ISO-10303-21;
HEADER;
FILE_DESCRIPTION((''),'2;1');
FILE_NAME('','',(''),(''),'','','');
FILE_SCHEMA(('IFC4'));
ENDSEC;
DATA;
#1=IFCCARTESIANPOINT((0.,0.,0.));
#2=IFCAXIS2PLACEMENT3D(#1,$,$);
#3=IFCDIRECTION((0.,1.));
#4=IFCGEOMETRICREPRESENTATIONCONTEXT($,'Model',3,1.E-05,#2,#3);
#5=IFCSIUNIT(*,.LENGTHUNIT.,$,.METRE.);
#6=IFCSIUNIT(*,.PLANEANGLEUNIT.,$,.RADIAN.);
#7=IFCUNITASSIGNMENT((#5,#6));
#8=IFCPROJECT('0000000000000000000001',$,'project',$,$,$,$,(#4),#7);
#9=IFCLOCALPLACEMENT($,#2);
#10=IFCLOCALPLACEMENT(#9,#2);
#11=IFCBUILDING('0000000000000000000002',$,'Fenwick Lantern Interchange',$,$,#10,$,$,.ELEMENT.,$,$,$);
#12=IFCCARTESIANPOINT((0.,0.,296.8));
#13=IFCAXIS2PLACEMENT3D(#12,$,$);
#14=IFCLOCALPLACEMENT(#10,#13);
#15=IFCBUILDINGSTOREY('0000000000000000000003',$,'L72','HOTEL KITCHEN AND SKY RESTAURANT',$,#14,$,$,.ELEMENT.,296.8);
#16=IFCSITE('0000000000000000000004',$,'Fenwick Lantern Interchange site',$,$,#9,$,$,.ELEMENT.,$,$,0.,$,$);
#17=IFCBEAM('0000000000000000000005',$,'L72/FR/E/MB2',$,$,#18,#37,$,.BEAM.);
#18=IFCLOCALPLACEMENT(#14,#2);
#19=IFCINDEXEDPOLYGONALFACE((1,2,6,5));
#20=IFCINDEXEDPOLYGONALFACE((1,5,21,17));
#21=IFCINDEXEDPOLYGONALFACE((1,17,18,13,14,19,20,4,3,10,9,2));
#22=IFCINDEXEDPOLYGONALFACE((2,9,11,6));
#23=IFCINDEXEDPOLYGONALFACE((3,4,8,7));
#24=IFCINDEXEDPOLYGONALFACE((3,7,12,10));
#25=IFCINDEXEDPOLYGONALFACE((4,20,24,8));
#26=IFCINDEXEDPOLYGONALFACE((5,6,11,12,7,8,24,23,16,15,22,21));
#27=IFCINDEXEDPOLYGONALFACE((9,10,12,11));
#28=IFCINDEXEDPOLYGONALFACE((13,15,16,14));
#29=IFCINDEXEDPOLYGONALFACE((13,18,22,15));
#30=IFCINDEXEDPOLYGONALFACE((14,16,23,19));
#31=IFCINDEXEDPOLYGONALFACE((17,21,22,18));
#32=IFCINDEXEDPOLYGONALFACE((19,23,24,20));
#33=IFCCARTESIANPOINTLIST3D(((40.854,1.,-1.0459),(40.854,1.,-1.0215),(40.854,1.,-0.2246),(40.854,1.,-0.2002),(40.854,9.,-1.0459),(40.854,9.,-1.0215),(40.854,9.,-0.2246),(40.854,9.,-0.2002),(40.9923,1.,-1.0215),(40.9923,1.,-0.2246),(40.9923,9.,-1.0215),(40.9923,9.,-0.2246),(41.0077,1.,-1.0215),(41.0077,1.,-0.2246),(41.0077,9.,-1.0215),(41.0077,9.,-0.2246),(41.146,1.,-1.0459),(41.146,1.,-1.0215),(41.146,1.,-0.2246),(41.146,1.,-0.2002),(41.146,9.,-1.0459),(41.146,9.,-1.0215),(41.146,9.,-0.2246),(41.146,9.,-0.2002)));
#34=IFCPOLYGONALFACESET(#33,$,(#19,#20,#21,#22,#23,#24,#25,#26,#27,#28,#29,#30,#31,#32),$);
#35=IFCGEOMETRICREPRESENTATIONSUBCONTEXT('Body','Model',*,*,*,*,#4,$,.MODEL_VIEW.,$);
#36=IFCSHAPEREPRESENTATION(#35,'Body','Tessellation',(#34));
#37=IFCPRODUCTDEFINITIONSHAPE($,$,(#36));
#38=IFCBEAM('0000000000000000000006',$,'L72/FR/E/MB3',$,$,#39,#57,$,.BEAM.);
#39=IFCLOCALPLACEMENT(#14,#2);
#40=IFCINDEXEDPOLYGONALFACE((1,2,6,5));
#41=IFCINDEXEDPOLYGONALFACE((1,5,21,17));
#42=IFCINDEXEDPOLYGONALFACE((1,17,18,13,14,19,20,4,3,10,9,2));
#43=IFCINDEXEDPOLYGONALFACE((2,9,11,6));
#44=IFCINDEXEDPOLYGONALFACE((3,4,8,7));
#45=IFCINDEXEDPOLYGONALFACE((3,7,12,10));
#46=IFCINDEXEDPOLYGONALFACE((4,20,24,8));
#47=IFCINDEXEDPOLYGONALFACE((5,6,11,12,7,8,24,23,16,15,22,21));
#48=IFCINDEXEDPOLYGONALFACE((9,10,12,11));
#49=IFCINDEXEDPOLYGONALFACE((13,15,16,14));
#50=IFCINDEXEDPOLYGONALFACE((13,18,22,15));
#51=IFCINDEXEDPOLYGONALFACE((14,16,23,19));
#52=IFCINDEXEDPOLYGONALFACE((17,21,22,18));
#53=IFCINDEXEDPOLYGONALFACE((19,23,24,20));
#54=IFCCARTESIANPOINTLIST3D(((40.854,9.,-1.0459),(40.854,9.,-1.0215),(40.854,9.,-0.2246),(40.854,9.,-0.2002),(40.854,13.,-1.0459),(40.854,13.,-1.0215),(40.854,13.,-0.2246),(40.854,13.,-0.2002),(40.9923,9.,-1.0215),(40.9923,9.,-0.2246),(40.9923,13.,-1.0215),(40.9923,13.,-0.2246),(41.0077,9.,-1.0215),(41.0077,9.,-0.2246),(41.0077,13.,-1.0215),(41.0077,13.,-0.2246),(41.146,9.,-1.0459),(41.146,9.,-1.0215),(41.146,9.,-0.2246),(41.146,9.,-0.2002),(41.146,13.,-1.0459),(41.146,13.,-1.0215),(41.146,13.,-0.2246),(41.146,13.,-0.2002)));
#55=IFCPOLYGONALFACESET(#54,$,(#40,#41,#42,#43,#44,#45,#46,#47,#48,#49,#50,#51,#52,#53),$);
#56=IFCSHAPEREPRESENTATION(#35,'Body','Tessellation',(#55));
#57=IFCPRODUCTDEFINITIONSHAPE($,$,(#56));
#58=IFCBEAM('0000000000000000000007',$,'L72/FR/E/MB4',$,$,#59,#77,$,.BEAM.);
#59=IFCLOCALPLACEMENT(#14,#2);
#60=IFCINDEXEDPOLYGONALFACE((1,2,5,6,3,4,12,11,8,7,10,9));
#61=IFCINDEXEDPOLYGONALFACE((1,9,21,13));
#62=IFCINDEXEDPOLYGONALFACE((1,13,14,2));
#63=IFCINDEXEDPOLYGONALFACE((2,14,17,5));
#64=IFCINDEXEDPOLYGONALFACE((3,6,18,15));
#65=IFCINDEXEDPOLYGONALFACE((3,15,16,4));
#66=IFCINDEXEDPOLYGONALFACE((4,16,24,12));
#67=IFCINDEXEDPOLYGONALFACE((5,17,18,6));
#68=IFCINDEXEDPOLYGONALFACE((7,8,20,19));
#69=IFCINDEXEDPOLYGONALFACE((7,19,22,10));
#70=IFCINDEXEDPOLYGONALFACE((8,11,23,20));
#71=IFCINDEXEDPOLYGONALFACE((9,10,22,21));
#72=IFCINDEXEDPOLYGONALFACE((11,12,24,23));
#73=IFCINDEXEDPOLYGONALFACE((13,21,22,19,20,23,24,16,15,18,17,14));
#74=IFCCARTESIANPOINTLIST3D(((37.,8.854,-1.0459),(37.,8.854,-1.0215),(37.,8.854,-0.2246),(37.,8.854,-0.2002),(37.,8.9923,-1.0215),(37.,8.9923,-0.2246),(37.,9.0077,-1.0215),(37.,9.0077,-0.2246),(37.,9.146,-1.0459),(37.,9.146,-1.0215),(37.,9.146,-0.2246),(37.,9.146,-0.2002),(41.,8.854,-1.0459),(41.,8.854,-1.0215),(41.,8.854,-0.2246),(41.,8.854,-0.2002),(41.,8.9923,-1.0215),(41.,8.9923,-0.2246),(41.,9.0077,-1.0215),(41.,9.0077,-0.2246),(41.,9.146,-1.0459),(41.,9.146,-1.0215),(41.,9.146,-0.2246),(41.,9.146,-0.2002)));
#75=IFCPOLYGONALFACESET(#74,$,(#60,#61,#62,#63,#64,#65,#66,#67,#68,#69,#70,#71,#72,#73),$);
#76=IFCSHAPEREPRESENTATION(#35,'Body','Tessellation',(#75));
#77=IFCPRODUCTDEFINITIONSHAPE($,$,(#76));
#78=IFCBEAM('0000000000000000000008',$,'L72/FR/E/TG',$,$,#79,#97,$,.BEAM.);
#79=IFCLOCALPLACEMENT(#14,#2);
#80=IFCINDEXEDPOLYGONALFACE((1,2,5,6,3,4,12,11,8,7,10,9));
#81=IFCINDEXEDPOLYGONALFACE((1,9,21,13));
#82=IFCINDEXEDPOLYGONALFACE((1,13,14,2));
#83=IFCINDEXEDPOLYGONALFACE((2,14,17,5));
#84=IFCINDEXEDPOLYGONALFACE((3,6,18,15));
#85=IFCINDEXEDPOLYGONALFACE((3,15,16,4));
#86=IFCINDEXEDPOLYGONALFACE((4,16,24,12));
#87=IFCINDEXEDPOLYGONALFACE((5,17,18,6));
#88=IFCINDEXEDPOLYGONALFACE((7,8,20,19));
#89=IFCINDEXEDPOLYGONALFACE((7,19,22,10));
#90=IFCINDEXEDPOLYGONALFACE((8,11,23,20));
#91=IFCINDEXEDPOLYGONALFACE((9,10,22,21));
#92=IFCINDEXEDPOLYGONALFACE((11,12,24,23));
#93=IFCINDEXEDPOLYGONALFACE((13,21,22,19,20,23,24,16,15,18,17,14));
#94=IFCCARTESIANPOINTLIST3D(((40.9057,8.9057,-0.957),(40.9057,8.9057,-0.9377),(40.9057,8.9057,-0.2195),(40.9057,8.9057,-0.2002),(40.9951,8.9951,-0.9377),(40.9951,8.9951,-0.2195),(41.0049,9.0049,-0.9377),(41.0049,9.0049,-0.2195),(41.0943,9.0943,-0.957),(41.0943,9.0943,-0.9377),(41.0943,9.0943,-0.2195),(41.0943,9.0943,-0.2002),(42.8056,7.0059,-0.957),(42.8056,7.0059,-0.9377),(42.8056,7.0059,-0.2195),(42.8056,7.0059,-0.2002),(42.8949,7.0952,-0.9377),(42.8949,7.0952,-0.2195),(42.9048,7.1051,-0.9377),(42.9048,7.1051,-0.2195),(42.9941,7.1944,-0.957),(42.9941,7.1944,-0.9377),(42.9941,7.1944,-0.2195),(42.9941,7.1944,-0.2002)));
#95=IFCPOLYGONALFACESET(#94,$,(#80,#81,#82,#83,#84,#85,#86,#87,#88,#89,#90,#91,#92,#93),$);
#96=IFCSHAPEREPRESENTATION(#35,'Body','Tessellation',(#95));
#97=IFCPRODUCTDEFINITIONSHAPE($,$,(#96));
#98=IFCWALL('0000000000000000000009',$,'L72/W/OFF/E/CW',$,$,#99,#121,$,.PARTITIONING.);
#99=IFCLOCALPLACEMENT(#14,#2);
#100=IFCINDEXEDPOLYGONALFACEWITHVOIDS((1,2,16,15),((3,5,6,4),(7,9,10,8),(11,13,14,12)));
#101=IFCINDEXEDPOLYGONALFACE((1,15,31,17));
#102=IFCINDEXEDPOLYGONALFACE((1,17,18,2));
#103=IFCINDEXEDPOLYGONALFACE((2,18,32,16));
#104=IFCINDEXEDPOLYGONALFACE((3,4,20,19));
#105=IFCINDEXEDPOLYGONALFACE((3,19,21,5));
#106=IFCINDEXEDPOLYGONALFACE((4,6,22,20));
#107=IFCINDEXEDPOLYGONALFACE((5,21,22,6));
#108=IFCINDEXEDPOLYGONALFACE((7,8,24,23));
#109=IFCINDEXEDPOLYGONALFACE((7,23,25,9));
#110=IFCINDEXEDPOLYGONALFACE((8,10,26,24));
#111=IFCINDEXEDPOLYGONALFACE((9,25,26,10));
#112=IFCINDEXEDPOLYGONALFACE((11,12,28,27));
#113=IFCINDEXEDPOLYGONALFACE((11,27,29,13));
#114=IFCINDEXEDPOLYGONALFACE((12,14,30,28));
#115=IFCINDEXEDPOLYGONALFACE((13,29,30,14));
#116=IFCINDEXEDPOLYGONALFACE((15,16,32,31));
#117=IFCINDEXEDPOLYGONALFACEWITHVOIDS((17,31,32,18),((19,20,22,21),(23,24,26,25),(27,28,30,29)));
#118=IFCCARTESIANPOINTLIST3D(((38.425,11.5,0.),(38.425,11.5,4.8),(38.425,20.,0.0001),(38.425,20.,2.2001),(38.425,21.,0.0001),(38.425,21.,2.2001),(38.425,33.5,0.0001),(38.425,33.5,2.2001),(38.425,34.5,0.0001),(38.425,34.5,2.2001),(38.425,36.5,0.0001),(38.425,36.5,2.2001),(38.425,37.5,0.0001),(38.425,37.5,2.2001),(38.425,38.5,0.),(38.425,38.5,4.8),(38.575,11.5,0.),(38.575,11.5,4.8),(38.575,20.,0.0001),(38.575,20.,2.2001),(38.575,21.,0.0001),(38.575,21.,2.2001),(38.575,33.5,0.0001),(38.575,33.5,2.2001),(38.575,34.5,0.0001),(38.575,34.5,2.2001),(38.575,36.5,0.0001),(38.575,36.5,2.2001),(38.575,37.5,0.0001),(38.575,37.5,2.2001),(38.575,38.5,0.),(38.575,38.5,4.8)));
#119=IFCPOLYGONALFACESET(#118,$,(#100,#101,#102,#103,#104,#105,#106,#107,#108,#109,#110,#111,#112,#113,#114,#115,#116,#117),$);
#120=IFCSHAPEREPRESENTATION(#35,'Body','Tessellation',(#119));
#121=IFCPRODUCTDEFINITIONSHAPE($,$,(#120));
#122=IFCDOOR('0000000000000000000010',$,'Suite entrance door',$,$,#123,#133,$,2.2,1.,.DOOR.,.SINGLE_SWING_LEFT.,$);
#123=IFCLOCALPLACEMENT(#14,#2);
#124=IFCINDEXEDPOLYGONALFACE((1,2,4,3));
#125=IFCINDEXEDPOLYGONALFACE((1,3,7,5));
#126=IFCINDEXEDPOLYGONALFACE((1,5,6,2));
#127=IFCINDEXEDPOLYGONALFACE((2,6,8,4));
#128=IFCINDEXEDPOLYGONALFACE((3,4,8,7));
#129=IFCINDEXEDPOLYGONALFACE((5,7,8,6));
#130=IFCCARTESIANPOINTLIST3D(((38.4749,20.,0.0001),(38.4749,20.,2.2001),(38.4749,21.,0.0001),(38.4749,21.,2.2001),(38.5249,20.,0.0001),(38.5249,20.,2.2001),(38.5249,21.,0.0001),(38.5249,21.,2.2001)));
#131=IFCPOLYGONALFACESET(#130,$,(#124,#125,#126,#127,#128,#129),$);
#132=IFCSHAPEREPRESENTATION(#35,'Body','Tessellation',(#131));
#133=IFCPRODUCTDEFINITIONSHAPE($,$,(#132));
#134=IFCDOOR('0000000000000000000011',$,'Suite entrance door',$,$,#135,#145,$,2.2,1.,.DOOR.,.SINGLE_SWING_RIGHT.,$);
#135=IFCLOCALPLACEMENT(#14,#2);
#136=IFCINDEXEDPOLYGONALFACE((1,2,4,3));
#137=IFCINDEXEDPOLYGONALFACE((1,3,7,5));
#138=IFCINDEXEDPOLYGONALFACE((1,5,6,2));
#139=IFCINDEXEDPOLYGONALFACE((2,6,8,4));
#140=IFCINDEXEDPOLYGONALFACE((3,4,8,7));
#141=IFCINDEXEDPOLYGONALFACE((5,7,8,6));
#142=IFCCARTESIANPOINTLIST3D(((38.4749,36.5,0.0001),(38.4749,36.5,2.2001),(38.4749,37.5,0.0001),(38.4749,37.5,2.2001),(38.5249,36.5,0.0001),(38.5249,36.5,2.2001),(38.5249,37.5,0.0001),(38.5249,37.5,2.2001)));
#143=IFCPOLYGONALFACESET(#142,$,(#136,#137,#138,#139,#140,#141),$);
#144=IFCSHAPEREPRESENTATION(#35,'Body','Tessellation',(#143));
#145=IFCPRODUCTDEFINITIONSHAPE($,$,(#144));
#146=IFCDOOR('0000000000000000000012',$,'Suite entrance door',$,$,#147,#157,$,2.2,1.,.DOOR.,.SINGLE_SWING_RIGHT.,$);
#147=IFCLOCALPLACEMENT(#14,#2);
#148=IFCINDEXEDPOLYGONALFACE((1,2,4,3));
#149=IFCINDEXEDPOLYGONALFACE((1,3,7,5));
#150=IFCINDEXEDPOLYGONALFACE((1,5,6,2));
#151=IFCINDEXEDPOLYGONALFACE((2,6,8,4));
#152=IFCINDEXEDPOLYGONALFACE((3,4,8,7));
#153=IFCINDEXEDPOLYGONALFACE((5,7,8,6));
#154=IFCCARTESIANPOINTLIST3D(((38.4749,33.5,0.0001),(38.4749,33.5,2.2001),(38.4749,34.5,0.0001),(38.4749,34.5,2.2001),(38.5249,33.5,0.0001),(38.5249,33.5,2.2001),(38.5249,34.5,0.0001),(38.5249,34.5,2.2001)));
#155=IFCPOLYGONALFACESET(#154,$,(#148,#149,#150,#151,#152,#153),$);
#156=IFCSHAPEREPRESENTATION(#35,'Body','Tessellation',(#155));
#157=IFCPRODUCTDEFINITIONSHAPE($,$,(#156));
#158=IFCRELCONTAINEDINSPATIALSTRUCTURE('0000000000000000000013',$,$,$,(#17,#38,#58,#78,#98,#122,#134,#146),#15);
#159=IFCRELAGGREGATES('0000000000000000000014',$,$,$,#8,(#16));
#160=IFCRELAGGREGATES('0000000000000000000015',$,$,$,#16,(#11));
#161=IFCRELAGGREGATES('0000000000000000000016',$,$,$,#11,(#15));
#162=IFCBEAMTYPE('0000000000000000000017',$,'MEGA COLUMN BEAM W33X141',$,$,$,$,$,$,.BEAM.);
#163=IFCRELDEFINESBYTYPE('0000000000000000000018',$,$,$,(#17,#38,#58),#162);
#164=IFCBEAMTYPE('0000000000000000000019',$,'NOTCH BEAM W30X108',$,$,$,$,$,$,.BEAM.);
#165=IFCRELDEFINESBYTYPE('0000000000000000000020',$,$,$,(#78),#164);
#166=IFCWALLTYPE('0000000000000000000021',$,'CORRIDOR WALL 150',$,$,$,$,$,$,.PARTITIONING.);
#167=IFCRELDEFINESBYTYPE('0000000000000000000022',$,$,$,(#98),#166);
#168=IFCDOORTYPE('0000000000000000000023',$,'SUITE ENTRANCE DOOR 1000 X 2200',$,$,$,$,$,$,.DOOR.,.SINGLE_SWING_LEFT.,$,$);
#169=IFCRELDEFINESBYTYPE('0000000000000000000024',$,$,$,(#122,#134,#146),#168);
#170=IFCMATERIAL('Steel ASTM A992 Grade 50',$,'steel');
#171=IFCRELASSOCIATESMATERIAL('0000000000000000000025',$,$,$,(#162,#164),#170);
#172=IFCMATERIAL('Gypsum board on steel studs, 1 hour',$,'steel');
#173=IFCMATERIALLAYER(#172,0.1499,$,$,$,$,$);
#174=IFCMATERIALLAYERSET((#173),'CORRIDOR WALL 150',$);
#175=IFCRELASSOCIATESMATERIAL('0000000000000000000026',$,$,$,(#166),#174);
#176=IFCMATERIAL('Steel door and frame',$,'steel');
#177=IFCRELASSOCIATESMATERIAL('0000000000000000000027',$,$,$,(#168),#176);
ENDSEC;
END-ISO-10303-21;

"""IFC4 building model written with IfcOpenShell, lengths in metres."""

from ifc_helpers import new_model, si_unit, direction, frame, frame_2d, origin, origin_2d, place, context, subcontext, project, spatial, rectangle, i_section, extrude, material, layer, layer_set, material_profile, profile_set, type_object, element, fill, save


model = new_model("IFC4")

# Units and contexts
model_context = context("Model", 3, precision=1e-05, world=origin(), true_north=direction((0.0, 1.0)))
body_context = subcontext(model_context, "Body", "Model", "MODEL_VIEW")
ifc_project = project(units=[si_unit("LENGTHUNIT", "METRE"), si_unit("PLANEANGLEUNIT", "RADIAN")], contexts=[model_context])

# Site, building, storey
site_placement = place(None, origin())
site = spatial("IfcSite", under=ifc_project, at=site_placement, Name="Fenwick Lantern Interchange site", CompositionType="ELEMENT", RefElevation=0.0)
building_placement = place(site_placement, origin())
building = spatial("IfcBuilding", under=site, at=building_placement, Name="Fenwick Lantern Interchange", CompositionType="ELEMENT")
storey_placement = place(building_placement, frame((0.0, 0.0, 296.8)))
storey = spatial("IfcBuildingStorey", under=building, at=storey_placement, Name="L72", Description="HOTEL KITCHEN AND SKY RESTAURANT", CompositionType="ELEMENT", Elevation=296.8)

# Shared definitions
ifc_material_1 = material(Name="Steel ASTM A992 Grade 50", Category="steel")

# Beams
ifc_material_profile_1 = material_profile(ifc_material_1, i_section(OverallWidth=0.292, OverallDepth=0.8457, WebThickness=0.0154, FlangeThickness=0.0244, at=origin_2d()), Name="W33X141")
ifc_profile_set_1 = profile_set([ifc_material_profile_1], Name="Steel ASTM A992 Grade 50")
beam_type_1 = type_object("IfcBeamType", Name="MEGA COLUMN BEAM W33X141", PredefinedType="BEAM", material=ifc_profile_set_1)
for number, where, z_axis, x_axis, name in (
    (1, (41.0, 9.0, -0.623), (0.0, -1.0, 0.0), (1.0, 0.0, 0.0), "L72/FR/E/MB2"),
):
    element("IfcBeam", number, at=place(storey_placement, frame(where, z_axis=z_axis, x_axis=x_axis)), inside=storey, type_object=beam_type_1, Name=name, PredefinedType="BEAM", context=body_context, shape_type="SweptSolid", body=[
        extrude(i_section(OverallWidth=0.292, OverallDepth=0.8457, WebThickness=0.0154, FlangeThickness=0.0244, at=origin_2d()), origin(), (0.0, 0.0, 1.0), 8.0),
    ])
for number, where, z_axis, x_axis, name in (
    (2, (41.0, 9.0, -0.623), (0.0, 1.0, 0.0), (-1.0, 0.0, 0.0), "L72/FR/E/MB3"),
    (3, (41.0, 9.0, -0.623), (-1.0, 0.0, 0.0), (0.0, -1.0, 0.0), "L72/FR/E/MB4"),
):
    element("IfcBeam", number, at=place(storey_placement, frame(where, z_axis=z_axis, x_axis=x_axis)), inside=storey, type_object=beam_type_1, Name=name, PredefinedType="BEAM", context=body_context, shape_type="SweptSolid", body=[
        extrude(i_section(OverallWidth=0.292, OverallDepth=0.8457, WebThickness=0.0154, FlangeThickness=0.0244, at=origin_2d()), origin(), (0.0, 0.0, 1.0), 4.0),
    ])
ifc_material_profile_2 = material_profile(ifc_material_1, i_section(OverallWidth=0.2666, OverallDepth=0.7568, WebThickness=0.0139, FlangeThickness=0.0193, at=origin_2d()), Name="W30X108")
ifc_profile_set_2 = profile_set([ifc_material_profile_2], Name="Steel ASTM A992 Grade 50")
beam_type_2 = type_object("IfcBeamType", Name="NOTCH BEAM W30X108", PredefinedType="BEAM", material=ifc_profile_set_2)
beam_1_placement = place(storey_placement, frame((41.0, 9.0, -0.5786), z_axis=(0.707107, -0.707107, 0.0), x_axis=(0.707107, 0.707107, 0.0)))
element("IfcBeam", 4, at=beam_1_placement, inside=storey, type_object=beam_type_2, Name="L72/FR/E/TG", PredefinedType="BEAM", context=body_context, shape_type="SweptSolid", body=[
    extrude(i_section(OverallWidth=0.2666, OverallDepth=0.7568, WebThickness=0.0139, FlangeThickness=0.0193, at=origin_2d()), origin(), (0.0, 0.0, 1.0), 2.6868),
])

# Wall, openings, doors
ifc_material_2 = material(Name="Gypsum board on steel studs, 1 hour", Category="steel")
ifc_layer_1 = layer(ifc_material_2, 0.1499)
ifc_layer_set_1 = layer_set([ifc_layer_1], Name="CORRIDOR WALL 150")
wall_type_1 = type_object("IfcWallType", Name="CORRIDOR WALL 150", PredefinedType="PARTITIONING", material=ifc_layer_set_1)
wall_1_placement = place(storey_placement, frame((38.5, 11.5, 0.0), z_axis=(0.0, 0.0, 1.0), x_axis=(0.0, 1.0, 0.0)))
wall_1 = element("IfcWall", 5, at=wall_1_placement, inside=storey, type_object=wall_type_1, Name="L72/W/OFF/E/CW", PredefinedType="PARTITIONING", context=body_context, shape_type="SweptSolid", body=[
    extrude(rectangle(XDim=27.0, YDim=0.1499, at=frame_2d((13.5, 0.0))), origin(), (0.0, 0.0, 1.0), 4.8),
])
opening_1_placement = place(wall_1_placement, frame((8.5, 0.0, 0.0)))
opening_1 = element("IfcOpeningElement", 6, at=opening_1_placement, cuts=wall_1, PredefinedType="OPENING", context=body_context, shape_type="SweptSolid", body=[
    extrude(rectangle(XDim=1.0, YDim=2.2, at=frame_2d((0.5, 1.1001))), frame((0.0, 0.085, 0.0), z_axis=(0.0, -1.0, 0.0), x_axis=(1.0, 0.0, 0.0)), (0.0, 0.0, 1.0), 0.1699),
])
opening_2_placement = place(wall_1_placement, frame((25.0, 0.0, 0.0)))
opening_2 = element("IfcOpeningElement", 7, at=opening_2_placement, cuts=wall_1, PredefinedType="OPENING", context=body_context, shape_type="SweptSolid", body=[
    extrude(rectangle(XDim=1.0, YDim=2.2, at=frame_2d((0.5, 1.1001))), frame((0.0, 0.085, 0.0), z_axis=(0.0, -1.0, 0.0), x_axis=(1.0, 0.0, 0.0)), (0.0, 0.0, 1.0), 0.1699),
])
opening_3_placement = place(wall_1_placement, frame((22.0, 0.0, 0.0)))
opening_3 = element("IfcOpeningElement", 8, at=opening_3_placement, cuts=wall_1, PredefinedType="OPENING", context=body_context, shape_type="SweptSolid", body=[
    extrude(rectangle(XDim=1.0, YDim=2.2, at=frame_2d((0.5, 1.1001))), frame((0.0, 0.085, 0.0), z_axis=(0.0, -1.0, 0.0), x_axis=(1.0, 0.0, 0.0)), (0.0, 0.0, 1.0), 0.1699),
])
ifc_material_3 = material(Name="Steel door and frame", Category="steel")
door_type_1 = type_object("IfcDoorType", Name="SUITE ENTRANCE DOOR 1000 X 2200", OperationType="SINGLE_SWING_LEFT", PredefinedType="DOOR", material=ifc_material_3)
door_1_placement = place(opening_1_placement, frame((1.0, 0.0, 0.0), z_axis=(0.0, 0.0, 1.0), x_axis=(-1.0, 0.0, 0.0)))
door_1 = element("IfcDoor", 9, at=door_1_placement, inside=storey, type_object=door_type_1, Name="Suite entrance door", OperationType="SINGLE_SWING_LEFT", OverallHeight=2.2, OverallWidth=1.0, PredefinedType="DOOR", context=body_context, shape_type="SweptSolid", body=[
    extrude(rectangle(XDim=1.0, YDim=2.2, at=frame_2d((0.5, 1.1001))), frame((0.0, 0.0249, 0.0), z_axis=(0.0, -1.0, 0.0), x_axis=(1.0, 0.0, 0.0)), (0.0, 0.0, 1.0), 0.05),
])
fill(opening_1, door_1)
door_2_placement = place(opening_2_placement, frame((1.0, 0.0, 0.0), z_axis=(0.0, 0.0, 1.0), x_axis=(-1.0, 0.0, 0.0)))
door_2 = element("IfcDoor", 10, at=door_2_placement, inside=storey, type_object=door_type_1, Name="Suite entrance door", OperationType="SINGLE_SWING_RIGHT", OverallHeight=2.2, OverallWidth=1.0, PredefinedType="DOOR", context=body_context, shape_type="SweptSolid", body=[
    extrude(rectangle(XDim=1.0, YDim=2.2, at=frame_2d((0.5, 1.1001))), frame((0.0, 0.0249, 0.0), z_axis=(0.0, -1.0, 0.0), x_axis=(1.0, 0.0, 0.0)), (0.0, 0.0, 1.0), 0.05),
])
fill(opening_2, door_2)
door_3_placement = place(opening_3_placement, frame((1.0, 0.0, 0.0), z_axis=(0.0, 0.0, 1.0), x_axis=(-1.0, 0.0, 0.0)))
door_3 = element("IfcDoor", 11, at=door_3_placement, inside=storey, type_object=door_type_1, Name="Suite entrance door", OperationType="SINGLE_SWING_RIGHT", OverallHeight=2.2, OverallWidth=1.0, PredefinedType="DOOR", context=body_context, shape_type="SweptSolid", body=[
    extrude(rectangle(XDim=1.0, YDim=2.2, at=frame_2d((0.5, 1.1001))), frame((0.0, 0.0249, 0.0), z_axis=(0.0, -1.0, 0.0), x_axis=(1.0, 0.0, 0.0)), (0.0, 0.0, 1.0), 0.05),
])
fill(opening_3, door_3)

save(model, "model.ifc")
